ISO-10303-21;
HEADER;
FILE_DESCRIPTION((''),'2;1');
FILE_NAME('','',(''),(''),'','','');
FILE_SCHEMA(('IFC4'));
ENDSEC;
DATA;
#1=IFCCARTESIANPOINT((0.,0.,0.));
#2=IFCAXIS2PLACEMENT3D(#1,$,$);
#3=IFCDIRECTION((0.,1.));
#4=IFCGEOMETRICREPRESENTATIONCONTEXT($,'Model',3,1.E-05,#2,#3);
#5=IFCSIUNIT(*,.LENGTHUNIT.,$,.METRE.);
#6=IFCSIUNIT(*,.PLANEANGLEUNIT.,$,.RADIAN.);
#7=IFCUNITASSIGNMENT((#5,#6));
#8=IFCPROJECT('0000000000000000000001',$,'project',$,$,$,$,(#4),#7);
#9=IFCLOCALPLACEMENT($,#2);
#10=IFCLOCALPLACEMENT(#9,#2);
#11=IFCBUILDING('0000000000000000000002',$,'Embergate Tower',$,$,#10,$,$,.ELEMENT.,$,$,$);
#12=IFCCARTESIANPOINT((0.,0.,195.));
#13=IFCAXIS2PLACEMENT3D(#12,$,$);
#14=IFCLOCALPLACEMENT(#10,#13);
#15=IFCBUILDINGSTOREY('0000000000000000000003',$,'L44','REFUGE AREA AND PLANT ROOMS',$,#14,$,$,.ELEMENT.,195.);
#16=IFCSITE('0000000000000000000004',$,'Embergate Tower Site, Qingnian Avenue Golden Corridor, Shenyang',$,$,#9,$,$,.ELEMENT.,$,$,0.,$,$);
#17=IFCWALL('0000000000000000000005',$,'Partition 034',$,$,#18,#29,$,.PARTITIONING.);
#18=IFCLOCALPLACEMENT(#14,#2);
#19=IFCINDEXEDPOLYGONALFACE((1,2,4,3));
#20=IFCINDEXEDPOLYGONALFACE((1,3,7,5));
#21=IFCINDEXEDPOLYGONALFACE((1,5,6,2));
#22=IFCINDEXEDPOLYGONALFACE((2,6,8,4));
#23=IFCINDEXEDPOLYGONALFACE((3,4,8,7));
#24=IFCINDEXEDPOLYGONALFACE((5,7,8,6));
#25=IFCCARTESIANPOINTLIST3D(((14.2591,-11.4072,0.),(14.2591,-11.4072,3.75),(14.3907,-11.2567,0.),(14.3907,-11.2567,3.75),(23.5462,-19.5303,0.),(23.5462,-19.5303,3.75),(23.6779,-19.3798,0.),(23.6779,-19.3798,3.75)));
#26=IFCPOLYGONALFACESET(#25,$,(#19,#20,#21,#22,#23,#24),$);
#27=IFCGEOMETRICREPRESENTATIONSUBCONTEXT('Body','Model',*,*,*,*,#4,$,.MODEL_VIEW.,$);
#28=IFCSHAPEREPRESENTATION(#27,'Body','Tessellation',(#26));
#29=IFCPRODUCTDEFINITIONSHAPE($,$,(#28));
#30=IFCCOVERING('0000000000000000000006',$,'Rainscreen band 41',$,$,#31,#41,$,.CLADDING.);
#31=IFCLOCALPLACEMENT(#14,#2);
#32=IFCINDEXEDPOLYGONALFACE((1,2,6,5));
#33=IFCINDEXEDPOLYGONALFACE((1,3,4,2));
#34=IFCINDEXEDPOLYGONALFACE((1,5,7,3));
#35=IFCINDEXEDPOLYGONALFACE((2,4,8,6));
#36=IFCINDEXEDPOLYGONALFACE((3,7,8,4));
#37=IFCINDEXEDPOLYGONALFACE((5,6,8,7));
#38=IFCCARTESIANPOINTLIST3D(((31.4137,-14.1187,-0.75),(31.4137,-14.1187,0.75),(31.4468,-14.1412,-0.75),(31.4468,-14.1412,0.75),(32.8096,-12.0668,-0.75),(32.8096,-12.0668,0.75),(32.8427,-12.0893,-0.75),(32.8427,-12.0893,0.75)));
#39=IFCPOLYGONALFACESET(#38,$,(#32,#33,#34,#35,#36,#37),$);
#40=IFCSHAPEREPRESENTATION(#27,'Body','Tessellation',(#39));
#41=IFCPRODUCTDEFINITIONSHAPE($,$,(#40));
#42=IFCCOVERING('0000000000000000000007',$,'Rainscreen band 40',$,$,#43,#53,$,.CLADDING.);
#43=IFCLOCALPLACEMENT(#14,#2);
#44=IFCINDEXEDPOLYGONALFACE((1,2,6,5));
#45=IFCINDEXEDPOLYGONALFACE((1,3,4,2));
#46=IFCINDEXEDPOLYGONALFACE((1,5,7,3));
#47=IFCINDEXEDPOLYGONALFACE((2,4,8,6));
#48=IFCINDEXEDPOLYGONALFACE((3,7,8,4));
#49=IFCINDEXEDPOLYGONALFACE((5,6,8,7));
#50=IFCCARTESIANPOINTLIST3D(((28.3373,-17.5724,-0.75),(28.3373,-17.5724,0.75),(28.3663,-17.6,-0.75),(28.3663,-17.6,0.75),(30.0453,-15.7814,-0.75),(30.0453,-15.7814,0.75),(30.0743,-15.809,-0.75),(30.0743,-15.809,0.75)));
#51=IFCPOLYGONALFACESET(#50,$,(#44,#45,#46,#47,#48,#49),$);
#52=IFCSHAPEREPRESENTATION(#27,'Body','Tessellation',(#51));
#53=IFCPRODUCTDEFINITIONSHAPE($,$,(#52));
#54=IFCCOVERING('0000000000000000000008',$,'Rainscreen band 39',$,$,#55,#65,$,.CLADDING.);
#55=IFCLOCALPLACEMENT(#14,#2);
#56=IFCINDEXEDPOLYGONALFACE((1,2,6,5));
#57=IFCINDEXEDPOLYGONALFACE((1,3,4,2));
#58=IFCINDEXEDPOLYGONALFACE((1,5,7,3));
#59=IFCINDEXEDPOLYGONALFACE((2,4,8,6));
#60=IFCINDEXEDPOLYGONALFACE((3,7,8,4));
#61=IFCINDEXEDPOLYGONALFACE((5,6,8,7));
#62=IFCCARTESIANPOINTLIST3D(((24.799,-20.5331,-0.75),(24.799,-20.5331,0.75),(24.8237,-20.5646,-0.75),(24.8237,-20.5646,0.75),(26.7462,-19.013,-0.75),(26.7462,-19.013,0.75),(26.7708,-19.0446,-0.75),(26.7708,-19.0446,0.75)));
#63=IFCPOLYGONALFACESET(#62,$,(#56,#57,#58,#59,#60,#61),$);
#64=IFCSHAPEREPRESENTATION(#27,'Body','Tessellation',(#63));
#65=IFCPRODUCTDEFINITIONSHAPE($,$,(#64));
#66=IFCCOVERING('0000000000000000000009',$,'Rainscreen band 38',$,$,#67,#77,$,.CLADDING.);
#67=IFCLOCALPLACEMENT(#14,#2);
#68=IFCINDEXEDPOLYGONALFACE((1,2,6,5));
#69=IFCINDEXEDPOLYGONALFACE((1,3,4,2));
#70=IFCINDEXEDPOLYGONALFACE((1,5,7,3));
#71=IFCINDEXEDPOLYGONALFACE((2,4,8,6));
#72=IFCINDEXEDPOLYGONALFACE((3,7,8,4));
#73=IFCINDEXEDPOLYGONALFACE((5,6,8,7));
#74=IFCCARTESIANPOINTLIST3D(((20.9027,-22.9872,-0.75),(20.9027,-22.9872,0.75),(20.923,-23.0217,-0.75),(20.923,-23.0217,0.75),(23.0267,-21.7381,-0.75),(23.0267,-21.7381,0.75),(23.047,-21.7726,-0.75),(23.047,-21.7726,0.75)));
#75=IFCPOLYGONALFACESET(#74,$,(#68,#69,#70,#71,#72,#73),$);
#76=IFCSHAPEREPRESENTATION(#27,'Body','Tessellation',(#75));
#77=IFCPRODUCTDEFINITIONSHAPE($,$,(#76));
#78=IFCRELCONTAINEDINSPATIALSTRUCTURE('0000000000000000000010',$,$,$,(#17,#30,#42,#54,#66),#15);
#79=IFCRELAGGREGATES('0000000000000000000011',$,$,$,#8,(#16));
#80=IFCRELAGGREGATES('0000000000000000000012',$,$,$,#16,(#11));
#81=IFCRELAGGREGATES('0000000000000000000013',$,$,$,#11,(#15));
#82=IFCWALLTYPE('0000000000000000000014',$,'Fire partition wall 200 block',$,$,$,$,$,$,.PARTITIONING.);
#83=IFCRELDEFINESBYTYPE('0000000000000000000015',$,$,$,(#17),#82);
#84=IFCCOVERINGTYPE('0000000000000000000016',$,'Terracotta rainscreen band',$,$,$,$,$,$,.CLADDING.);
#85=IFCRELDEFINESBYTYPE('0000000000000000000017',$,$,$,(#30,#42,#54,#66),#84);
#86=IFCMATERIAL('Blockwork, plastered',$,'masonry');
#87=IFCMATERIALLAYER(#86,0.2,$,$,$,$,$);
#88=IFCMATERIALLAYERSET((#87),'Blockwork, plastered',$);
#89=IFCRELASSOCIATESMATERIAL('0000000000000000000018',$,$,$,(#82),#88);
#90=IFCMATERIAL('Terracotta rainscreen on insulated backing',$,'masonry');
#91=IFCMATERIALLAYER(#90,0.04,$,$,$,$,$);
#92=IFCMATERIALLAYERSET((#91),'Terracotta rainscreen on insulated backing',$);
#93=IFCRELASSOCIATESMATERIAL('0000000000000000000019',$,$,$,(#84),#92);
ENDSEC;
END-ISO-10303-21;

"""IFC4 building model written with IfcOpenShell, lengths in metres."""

from ifc_helpers import new_model, si_unit, direction, frame, frame_2d, origin, origin_2d, place, context, subcontext, project, spatial, rectangle, extrude, source, transform, mapped, material, layer, layer_set, type_object, element, save


model = new_model("IFC4")

# Units and contexts
model_context = context("Model", 3, precision=1e-05, world=origin(), true_north=direction((0.0, 1.0)))
body_context = subcontext(model_context, "Body", "Model", "MODEL_VIEW")
ifc_project = project(units=[si_unit("LENGTHUNIT", "METRE"), si_unit("PLANEANGLEUNIT", "RADIAN")], contexts=[model_context])

# Site, building, storey
site_placement = place(None, origin())
site = spatial("IfcSite", under=ifc_project, at=site_placement, Name="Embergate Tower Site, Qingnian Avenue Golden Corridor, Shenyang", CompositionType="ELEMENT", RefElevation=0.0)
building_placement = place(site_placement, origin())
building = spatial("IfcBuilding", under=site, at=building_placement, Name="Embergate Tower", CompositionType="ELEMENT")
storey_placement = place(building_placement, frame((0.0, 0.0, 195.0)))
storey = spatial("IfcBuildingStorey", under=building, at=storey_placement, Name="L44", Description="REFUGE AREA AND PLANT ROOMS", CompositionType="ELEMENT", Elevation=195.0)

# Wall
ifc_material_1 = material(Name="Blockwork, plastered", Category="masonry")
ifc_layer_1 = layer(ifc_material_1, 0.2)
ifc_layer_set_1 = layer_set([ifc_layer_1], Name="Blockwork, plastered")
wall_type_1 = type_object("IfcWallType", Name="Fire partition wall 200 block", PredefinedType="PARTITIONING", material=ifc_layer_set_1)
shared_shape_1 = source(origin(), body_context, "Body", "SweptSolid", [
    extrude(rectangle(XDim=12.3384, YDim=0.2, at=frame_2d((6.1692, 0.0))), origin(), (0.0, 0.0, 1.0), 3.75),
])
wall_1_placement = place(storey_placement, frame((23.6121, -19.4551, 0.0), z_axis=(0.0, 0.0, 1.0), x_axis=(-0.752704, 0.658359, 0.0)))
element("IfcWall", 1, at=wall_1_placement, inside=storey, type_object=wall_type_1, Name="Partition 034", PredefinedType="PARTITIONING", context=body_context, shape_type="MappedRepresentation", body=[
    mapped(shared_shape_1, transform((0.0, 0.0, 0.0))),
])

# Coverings
ifc_material_2 = material(Name="Terracotta rainscreen on insulated backing", Category="masonry")
ifc_layer_2 = layer(ifc_material_2, 0.04)
ifc_layer_set_2 = layer_set([ifc_layer_2], Name="Terracotta rainscreen on insulated backing")
covering_type = type_object("IfcCoveringType", Name="Terracotta rainscreen band", PredefinedType="CLADDING", material=ifc_layer_set_2)
shared_shape_2 = source(origin(), body_context, "Body", "SweptSolid", [
    extrude(rectangle(XDim=2.4817, YDim=0.04, at=origin_2d()), origin(), (0.0, 0.0, 1.0), 1.5),
])
covering_1_placement = place(storey_placement, frame((32.1282, -13.104, -0.75), z_axis=(0.0, 0.0, 1.0), x_axis=(0.562486, 0.826807, 0.0)))
element("IfcCovering", 2, at=covering_1_placement, inside=storey, type_object=covering_type, Name="Rainscreen band 41", PredefinedType="CLADDING", context=body_context, shape_type="MappedRepresentation", body=[
    mapped(shared_shape_2, transform((0.0, 0.0, 0.0))),
])
shared_shape_3 = source(origin(), body_context, "Body", "SweptSolid", [
    extrude(rectangle(XDim=2.4749, YDim=0.04, at=origin_2d()), origin(), (0.0, 0.0, 1.0), 1.5),
])
covering_2_placement = place(storey_placement, frame((29.2058, -16.6907, -0.75), z_axis=(0.0, 0.0, 1.0), x_axis=(0.690139, 0.723677, 0.0)))
element("IfcCovering", 3, at=covering_2_placement, inside=storey, type_object=covering_type, Name="Rainscreen band 40", PredefinedType="CLADDING", context=body_context, shape_type="MappedRepresentation", body=[
    mapped(shared_shape_3, transform((0.0, 0.0, 0.0))),
])
shared_shape_4 = source(origin(), body_context, "Body", "SweptSolid", [
    extrude(rectangle(XDim=2.4702, YDim=0.04, at=origin_2d()), origin(), (0.0, 0.0, 1.0), 1.5),
])
covering_3_placement = place(storey_placement, frame((25.7849, -19.7888, -0.75), z_axis=(0.0, 0.0, 1.0), x_axis=(0.78824, 0.615368, 0.0)))
element("IfcCovering", 4, at=covering_3_placement, inside=storey, type_object=covering_type, Name="Rainscreen band 39", PredefinedType="CLADDING", context=body_context, shape_type="MappedRepresentation", body=[
    mapped(shared_shape_4, transform((0.0, 0.0, 0.0))),
])
shared_shape_5 = source(origin(), body_context, "Body", "SweptSolid", [
    extrude(rectangle(XDim=2.4641, YDim=0.04, at=origin_2d()), origin(), (0.0, 0.0, 1.0), 1.5),
])
covering_4_placement = place(storey_placement, frame((21.9749, -22.3799, -0.75), z_axis=(0.0, 0.0, 1.0), x_axis=(0.862007, 0.506896, 0.0)))
element("IfcCovering", 5, at=covering_4_placement, inside=storey, type_object=covering_type, Name="Rainscreen band 38", PredefinedType="CLADDING", context=body_context, shape_type="MappedRepresentation", body=[
    mapped(shared_shape_5, transform((0.0, 0.0, 0.0))),
])

save(model, "model.ifc")
